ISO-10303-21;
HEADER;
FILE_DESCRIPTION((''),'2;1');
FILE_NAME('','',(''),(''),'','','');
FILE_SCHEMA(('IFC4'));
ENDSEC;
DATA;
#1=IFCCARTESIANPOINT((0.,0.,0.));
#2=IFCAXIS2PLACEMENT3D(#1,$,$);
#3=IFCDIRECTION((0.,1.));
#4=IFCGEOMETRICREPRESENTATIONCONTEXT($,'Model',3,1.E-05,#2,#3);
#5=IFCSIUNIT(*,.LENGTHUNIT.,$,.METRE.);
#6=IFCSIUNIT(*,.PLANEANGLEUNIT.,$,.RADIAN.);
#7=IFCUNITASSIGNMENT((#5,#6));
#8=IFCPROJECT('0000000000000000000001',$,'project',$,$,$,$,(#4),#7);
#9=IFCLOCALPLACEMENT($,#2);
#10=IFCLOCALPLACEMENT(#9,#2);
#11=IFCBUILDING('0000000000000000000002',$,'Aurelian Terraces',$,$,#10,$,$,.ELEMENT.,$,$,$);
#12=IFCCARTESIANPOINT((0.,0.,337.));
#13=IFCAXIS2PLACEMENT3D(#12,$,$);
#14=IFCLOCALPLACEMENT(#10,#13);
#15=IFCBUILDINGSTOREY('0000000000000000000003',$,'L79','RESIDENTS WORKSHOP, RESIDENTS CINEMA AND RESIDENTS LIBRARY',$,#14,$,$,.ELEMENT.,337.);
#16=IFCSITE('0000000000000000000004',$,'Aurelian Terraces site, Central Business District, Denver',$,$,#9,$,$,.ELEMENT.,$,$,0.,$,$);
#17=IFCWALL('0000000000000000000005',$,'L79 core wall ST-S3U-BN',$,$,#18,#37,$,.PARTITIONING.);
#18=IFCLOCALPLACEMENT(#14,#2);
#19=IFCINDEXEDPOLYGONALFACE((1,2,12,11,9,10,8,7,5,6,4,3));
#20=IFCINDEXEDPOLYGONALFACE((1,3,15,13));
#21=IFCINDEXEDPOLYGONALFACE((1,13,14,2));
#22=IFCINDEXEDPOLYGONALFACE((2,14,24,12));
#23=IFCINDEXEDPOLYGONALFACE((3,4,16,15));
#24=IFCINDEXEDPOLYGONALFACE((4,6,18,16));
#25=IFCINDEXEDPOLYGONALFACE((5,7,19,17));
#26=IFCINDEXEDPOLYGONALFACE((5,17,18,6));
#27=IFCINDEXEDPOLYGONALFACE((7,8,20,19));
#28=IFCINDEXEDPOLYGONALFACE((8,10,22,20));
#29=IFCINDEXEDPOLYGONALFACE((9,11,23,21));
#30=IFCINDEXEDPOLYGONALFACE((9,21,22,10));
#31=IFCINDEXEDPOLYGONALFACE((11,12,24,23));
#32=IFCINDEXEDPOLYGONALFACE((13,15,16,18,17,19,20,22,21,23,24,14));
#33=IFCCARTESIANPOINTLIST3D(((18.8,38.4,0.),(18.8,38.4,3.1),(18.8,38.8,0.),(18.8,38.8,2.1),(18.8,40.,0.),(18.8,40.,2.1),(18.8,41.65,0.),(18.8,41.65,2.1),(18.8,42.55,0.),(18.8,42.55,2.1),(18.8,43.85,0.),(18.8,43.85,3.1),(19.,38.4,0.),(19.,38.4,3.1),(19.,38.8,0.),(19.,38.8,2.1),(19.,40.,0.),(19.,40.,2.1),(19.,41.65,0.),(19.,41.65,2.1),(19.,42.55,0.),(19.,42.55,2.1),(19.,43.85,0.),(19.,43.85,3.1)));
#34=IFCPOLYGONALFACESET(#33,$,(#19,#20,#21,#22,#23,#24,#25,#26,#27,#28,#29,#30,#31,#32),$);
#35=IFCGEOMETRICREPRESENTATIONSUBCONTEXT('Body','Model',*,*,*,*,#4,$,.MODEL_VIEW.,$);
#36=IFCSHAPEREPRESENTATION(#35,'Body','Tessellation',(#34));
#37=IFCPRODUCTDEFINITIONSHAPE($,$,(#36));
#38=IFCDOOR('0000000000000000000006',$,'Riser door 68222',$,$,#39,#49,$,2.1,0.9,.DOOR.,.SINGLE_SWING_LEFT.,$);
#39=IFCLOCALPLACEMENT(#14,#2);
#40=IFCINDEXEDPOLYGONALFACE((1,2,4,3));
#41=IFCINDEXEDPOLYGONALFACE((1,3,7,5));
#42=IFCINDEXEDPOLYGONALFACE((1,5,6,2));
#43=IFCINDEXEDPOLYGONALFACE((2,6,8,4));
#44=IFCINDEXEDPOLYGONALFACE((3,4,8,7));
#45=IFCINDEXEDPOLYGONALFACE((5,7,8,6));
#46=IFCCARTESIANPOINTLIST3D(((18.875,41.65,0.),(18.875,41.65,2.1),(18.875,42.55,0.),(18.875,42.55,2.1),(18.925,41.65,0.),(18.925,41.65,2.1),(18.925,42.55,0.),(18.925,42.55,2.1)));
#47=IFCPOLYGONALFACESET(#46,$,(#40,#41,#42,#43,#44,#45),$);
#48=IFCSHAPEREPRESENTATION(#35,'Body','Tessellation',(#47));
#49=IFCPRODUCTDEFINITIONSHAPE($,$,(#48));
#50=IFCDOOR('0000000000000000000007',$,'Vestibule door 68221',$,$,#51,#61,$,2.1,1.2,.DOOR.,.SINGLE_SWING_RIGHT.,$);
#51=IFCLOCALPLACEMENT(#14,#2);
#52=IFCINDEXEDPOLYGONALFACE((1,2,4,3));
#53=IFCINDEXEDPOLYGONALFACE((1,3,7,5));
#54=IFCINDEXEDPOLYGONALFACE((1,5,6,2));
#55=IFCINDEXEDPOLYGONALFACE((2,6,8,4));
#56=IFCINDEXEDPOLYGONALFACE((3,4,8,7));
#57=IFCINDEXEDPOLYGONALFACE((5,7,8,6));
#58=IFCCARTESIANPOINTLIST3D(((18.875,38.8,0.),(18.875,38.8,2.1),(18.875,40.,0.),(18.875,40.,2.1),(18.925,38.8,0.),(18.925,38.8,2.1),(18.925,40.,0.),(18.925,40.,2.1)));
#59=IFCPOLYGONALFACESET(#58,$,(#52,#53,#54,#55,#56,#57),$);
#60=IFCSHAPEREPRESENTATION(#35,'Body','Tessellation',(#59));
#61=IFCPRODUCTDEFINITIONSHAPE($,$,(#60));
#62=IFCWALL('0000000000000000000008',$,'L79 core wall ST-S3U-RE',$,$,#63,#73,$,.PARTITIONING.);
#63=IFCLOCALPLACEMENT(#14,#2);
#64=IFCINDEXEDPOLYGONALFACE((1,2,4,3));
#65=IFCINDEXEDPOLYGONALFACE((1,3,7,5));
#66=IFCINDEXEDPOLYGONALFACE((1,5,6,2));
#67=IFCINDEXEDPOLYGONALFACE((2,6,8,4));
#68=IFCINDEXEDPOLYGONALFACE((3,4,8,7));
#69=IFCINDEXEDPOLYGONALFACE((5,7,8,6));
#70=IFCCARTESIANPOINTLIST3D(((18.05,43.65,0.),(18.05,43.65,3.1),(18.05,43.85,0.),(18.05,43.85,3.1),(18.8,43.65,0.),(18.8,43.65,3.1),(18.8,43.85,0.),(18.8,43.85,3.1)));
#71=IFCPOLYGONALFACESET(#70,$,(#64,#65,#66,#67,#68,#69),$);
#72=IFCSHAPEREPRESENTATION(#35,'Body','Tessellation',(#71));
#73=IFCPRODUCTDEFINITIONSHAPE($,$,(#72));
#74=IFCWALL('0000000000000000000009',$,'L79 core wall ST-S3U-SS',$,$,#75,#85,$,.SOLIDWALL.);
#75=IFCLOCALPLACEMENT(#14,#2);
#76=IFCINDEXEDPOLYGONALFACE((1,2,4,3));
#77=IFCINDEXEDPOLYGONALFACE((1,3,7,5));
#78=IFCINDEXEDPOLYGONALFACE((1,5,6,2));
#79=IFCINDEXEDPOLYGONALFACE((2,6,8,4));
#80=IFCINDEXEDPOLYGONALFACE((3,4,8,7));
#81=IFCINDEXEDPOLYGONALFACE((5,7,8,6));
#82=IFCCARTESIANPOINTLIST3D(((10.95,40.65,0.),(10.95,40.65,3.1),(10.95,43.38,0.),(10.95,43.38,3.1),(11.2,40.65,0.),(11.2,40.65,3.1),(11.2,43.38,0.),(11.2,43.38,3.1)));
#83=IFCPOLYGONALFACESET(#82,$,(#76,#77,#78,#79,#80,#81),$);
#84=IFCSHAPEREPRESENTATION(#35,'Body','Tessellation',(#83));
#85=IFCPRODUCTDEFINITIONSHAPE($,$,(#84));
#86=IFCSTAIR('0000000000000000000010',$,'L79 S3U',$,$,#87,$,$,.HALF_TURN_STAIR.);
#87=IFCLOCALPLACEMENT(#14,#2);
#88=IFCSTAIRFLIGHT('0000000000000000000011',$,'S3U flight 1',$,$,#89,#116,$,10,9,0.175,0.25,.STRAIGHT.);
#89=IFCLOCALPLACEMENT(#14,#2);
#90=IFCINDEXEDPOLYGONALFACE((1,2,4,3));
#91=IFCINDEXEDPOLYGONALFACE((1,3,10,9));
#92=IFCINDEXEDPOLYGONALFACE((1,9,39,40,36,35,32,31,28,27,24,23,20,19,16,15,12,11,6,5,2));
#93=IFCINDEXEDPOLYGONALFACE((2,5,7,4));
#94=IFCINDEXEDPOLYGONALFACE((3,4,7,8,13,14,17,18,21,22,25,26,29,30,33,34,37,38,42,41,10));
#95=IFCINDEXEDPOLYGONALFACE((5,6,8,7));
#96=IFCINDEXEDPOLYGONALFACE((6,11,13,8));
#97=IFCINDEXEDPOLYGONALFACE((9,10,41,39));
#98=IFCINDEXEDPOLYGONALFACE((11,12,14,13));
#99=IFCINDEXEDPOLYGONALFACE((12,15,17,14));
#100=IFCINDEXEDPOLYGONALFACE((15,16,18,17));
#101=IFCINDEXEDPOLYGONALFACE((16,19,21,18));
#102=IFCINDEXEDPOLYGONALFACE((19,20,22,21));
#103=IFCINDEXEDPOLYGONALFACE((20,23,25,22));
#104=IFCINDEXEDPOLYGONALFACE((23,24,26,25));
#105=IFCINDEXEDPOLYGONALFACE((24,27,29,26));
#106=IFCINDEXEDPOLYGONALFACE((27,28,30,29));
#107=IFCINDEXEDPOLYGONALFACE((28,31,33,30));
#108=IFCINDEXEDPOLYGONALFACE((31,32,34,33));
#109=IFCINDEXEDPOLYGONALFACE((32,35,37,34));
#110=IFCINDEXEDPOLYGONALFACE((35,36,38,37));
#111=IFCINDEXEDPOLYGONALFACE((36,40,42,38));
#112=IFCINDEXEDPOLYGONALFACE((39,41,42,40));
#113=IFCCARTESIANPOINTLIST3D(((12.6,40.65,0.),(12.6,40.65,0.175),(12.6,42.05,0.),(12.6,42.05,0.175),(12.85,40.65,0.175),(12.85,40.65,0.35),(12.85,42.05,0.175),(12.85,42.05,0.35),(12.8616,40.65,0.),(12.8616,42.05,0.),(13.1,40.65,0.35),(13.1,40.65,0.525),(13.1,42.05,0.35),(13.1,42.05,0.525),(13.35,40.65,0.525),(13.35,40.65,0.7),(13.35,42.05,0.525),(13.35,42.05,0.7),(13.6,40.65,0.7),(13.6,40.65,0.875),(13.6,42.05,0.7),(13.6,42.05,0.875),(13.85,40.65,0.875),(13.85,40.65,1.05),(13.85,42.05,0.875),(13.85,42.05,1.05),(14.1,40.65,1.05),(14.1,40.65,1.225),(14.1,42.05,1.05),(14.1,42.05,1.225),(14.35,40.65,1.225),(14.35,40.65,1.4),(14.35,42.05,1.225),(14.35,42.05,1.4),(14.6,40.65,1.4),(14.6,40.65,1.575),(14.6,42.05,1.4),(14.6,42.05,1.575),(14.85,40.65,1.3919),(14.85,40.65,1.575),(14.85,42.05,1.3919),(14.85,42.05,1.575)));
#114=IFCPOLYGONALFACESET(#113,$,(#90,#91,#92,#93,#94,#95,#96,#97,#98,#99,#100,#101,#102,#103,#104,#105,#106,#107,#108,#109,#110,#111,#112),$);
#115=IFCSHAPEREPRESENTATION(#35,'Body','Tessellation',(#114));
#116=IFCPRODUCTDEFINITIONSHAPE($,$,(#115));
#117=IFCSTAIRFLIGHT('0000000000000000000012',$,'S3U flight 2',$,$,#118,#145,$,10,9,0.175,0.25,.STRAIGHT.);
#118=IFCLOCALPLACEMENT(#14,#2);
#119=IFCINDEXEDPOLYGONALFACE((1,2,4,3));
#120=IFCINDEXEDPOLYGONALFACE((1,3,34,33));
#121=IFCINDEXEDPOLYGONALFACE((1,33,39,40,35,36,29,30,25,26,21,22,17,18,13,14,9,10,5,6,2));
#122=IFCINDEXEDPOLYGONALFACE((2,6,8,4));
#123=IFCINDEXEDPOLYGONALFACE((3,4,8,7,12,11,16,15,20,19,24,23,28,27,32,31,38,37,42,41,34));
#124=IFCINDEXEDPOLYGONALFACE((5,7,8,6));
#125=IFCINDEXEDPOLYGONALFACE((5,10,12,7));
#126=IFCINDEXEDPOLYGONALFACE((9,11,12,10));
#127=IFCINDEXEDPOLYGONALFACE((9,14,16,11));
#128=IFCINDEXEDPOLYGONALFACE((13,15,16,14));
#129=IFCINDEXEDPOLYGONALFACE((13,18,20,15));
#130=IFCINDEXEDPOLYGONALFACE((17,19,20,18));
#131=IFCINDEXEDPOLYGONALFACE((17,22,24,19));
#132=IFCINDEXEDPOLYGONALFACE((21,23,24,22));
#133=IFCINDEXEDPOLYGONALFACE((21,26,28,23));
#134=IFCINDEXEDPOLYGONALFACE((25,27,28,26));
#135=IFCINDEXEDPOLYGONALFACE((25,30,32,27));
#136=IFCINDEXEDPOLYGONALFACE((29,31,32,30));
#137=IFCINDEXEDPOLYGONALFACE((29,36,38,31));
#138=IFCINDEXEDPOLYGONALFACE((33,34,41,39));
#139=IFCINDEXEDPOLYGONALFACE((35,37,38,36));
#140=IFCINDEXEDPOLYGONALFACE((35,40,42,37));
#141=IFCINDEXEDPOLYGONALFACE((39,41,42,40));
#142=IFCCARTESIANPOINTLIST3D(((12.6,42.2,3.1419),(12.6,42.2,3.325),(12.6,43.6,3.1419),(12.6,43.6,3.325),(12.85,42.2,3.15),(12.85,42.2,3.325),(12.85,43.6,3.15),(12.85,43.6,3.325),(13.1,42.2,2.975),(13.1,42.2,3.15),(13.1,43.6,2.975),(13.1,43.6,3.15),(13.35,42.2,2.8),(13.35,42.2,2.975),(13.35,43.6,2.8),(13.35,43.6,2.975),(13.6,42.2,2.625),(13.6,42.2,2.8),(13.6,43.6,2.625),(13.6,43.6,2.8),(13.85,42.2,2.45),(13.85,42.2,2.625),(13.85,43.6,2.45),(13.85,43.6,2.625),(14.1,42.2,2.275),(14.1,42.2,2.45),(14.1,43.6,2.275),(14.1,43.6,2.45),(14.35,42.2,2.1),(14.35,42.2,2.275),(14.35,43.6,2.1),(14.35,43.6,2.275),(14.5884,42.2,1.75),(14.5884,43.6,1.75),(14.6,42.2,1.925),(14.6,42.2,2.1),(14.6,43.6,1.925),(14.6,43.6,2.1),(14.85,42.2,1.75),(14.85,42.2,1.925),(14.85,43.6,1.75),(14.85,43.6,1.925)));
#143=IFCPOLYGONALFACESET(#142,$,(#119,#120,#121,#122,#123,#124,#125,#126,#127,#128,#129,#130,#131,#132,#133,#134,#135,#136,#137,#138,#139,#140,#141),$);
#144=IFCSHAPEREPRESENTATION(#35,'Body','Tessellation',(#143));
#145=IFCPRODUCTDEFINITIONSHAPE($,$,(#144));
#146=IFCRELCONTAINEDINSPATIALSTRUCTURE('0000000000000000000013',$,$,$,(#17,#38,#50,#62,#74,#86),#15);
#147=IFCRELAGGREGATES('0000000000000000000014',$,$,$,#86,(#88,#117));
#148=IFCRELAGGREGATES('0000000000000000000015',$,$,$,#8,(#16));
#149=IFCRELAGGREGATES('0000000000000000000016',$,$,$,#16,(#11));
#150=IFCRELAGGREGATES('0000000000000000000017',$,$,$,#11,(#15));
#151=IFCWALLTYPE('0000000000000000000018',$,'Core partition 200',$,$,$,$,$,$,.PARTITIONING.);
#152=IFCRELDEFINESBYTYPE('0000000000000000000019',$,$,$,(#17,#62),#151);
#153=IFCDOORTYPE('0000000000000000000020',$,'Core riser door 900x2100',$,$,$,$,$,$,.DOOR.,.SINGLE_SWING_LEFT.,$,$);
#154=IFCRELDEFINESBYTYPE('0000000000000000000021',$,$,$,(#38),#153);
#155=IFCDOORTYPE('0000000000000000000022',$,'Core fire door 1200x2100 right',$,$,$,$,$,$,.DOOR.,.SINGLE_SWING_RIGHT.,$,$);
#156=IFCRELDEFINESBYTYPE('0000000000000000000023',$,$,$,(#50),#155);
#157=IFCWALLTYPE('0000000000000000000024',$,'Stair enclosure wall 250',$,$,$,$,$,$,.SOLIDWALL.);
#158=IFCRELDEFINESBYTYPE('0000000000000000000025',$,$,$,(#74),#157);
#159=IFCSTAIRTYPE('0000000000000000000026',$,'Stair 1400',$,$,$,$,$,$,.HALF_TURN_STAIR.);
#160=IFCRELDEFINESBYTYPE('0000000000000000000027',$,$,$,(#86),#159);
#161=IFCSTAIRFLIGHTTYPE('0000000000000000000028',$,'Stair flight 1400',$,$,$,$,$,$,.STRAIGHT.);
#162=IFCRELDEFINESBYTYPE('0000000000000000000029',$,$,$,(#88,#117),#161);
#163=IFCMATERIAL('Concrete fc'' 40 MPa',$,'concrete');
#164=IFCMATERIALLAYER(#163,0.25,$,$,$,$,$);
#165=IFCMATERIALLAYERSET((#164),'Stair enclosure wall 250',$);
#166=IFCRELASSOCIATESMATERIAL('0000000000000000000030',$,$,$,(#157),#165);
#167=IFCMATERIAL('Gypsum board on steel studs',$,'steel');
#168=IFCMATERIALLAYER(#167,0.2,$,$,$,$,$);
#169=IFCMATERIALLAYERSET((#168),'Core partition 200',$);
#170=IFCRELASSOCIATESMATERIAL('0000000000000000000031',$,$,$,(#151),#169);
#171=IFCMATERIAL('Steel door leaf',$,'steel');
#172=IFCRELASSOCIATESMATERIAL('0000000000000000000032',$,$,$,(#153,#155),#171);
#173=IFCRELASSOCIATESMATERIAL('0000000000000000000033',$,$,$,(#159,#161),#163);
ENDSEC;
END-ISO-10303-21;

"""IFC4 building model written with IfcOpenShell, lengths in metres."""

from ifc_helpers import new_model, si_unit, direction, frame, frame_2d, origin, place, context, subcontext, project, spatial, polyline, rectangle, outline, extrude, source, transform, mapped, material, layer, layer_set, type_object, element, fill, aggregate, save


model = new_model("IFC4")

# Units and contexts
model_context = context("Model", 3, precision=1e-05, world=origin(), true_north=direction((0.0, 1.0)))
body_context = subcontext(model_context, "Body", "Model", "MODEL_VIEW")
ifc_project = project(units=[si_unit("LENGTHUNIT", "METRE"), si_unit("PLANEANGLEUNIT", "RADIAN")], contexts=[model_context])

# Site, building, storey
site_placement = place(None, origin())
site = spatial("IfcSite", under=ifc_project, at=site_placement, Name="Aurelian Terraces site, Central Business District, Denver", CompositionType="ELEMENT", RefElevation=0.0)
building_placement = place(site_placement, origin())
building = spatial("IfcBuilding", under=site, at=building_placement, Name="Aurelian Terraces", CompositionType="ELEMENT")
storey_placement = place(building_placement, frame((0.0, 0.0, 337.0)))
storey = spatial("IfcBuildingStorey", under=building, at=storey_placement, Name="L79", Description="RESIDENTS WORKSHOP, RESIDENTS CINEMA AND RESIDENTS LIBRARY", CompositionType="ELEMENT", Elevation=337.0)

# Shared definitions
ifc_material_1 = material(Name="Concrete fc' 40 MPa", Category="concrete")

# Shared definitions
ifc_layer_1 = layer(ifc_material_1, 0.25)
ifc_layer_set_1 = layer_set([ifc_layer_1], Name="Stair enclosure wall 250")
wall_type_1 = type_object("IfcWallType", Name="Stair enclosure wall 250", PredefinedType="SOLIDWALL", material=ifc_layer_set_1)
ifc_material_2 = material(Name="Steel door leaf", Category="steel")

# Shared definitions
ifc_material_3 = material(Name="Gypsum board on steel studs", Category="steel")
ifc_layer_2 = layer(ifc_material_3, 0.2)
ifc_layer_set_2 = layer_set([ifc_layer_2], Name="Core partition 200")
wall_type_2 = type_object("IfcWallType", Name="Core partition 200", PredefinedType="PARTITIONING", material=ifc_layer_set_2)

# Wall, openings, doors
shared_shape_1 = source(origin(), body_context, "Body", "SweptSolid", [
    extrude(rectangle(XDim=5.45, YDim=0.2, at=frame_2d((2.725, 0.0))), origin(), (0.0, 0.0, 1.0), 3.1),
])
wall_1_placement = place(storey_placement, frame((18.9, 38.4, 0.0), z_axis=(0.0, 0.0, 1.0), x_axis=(0.0, 1.0, 0.0)))
wall_1 = element("IfcWall", 1, at=wall_1_placement, inside=storey, type_object=wall_type_2, Name="L79 core wall ST-S3U-BN", PredefinedType="PARTITIONING", context=body_context, shape_type="MappedRepresentation", body=[
    mapped(shared_shape_1, transform((0.0, 0.0, 0.0), scale=1.0)),
])
shared_shape_2 = source(origin(), body_context, "Body", "SweptSolid", [
    extrude(rectangle(XDim=1.2, YDim=2.1, at=frame_2d((0.6, 1.05))), frame((0.0, 0.11, 0.0), z_axis=(0.0, -1.0, 0.0), x_axis=(1.0, 0.0, 0.0)), (0.0, 0.0, 1.0), 0.22),
])
opening_1_placement = place(wall_1_placement, frame((0.4, 0.0, 0.0)))
opening_1 = element("IfcOpeningElement", 2, at=opening_1_placement, cuts=wall_1, PredefinedType="OPENING", context=body_context, shape_type="MappedRepresentation", body=[
    mapped(shared_shape_2, transform((0.0, 0.0, 0.0), scale=1.0)),
])
shared_shape_3 = source(origin(), body_context, "Body", "SweptSolid", [
    extrude(rectangle(XDim=0.9, YDim=2.1, at=frame_2d((0.45, 1.05))), frame((0.0, 0.11, 0.0), z_axis=(0.0, -1.0, 0.0), x_axis=(1.0, 0.0, 0.0)), (0.0, 0.0, 1.0), 0.22),
])
opening_2_placement = place(wall_1_placement, frame((3.25, 0.0, 0.0)))
opening_2 = element("IfcOpeningElement", 3, at=opening_2_placement, cuts=wall_1, PredefinedType="OPENING", context=body_context, shape_type="MappedRepresentation", body=[
    mapped(shared_shape_3, transform((0.0, 0.0, 0.0), scale=1.0)),
])
door_type_1 = type_object("IfcDoorType", Name="Core riser door 900x2100", OperationType="SINGLE_SWING_LEFT", PredefinedType="DOOR", material=ifc_material_2)
shared_shape_4 = source(origin(), body_context, "Body", "SweptSolid", [
    extrude(rectangle(XDim=0.9, YDim=2.1, at=frame_2d((0.45, 1.05))), frame((0.0, 0.025, 0.0), z_axis=(0.0, -1.0, 0.0), x_axis=(1.0, 0.0, 0.0)), (0.0, 0.0, 1.0), 0.05),
])
door_1_placement = place(opening_2_placement, origin())
door_1 = element("IfcDoor", 4, at=door_1_placement, inside=storey, type_object=door_type_1, Name="Riser door 68222", OperationType="SINGLE_SWING_LEFT", OverallHeight=2.1, OverallWidth=0.9, PredefinedType="DOOR", context=body_context, shape_type="MappedRepresentation", body=[
    mapped(shared_shape_4, transform((0.0, 0.0, 0.0), scale=1.0)),
])
fill(opening_2, door_1)
door_type_2 = type_object("IfcDoorType", Name="Core fire door 1200x2100 right", OperationType="SINGLE_SWING_RIGHT", PredefinedType="DOOR", material=ifc_material_2)
shared_shape_5 = source(origin(), body_context, "Body", "SweptSolid", [
    extrude(rectangle(XDim=1.2, YDim=2.1, at=frame_2d((0.6, 1.05))), frame((0.0, 0.025, 0.0), z_axis=(0.0, -1.0, 0.0), x_axis=(1.0, 0.0, 0.0)), (0.0, 0.0, 1.0), 0.05),
])
door_2_placement = place(opening_1_placement, origin())
door_2 = element("IfcDoor", 5, at=door_2_placement, inside=storey, type_object=door_type_2, Name="Vestibule door 68221", OperationType="SINGLE_SWING_RIGHT", OverallHeight=2.1, OverallWidth=1.2, PredefinedType="DOOR", context=body_context, shape_type="MappedRepresentation", body=[
    mapped(shared_shape_5, transform((0.0, 0.0, 0.0), scale=1.0)),
])
fill(opening_1, door_2)

# Walls
shared_shape_6 = source(origin(), body_context, "Body", "SweptSolid", [
    extrude(rectangle(XDim=0.75, YDim=0.2, at=frame_2d((0.375, 0.0))), origin(), (0.0, 0.0, 1.0), 3.1),
])
wall_2_placement = place(storey_placement, frame((18.05, 43.75, 0.0), z_axis=(0.0, 0.0, 1.0), x_axis=(1.0, 0.0, 0.0)))
element("IfcWall", 6, at=wall_2_placement, inside=storey, type_object=wall_type_2, Name="L79 core wall ST-S3U-RE", PredefinedType="PARTITIONING", context=body_context, shape_type="MappedRepresentation", body=[
    mapped(shared_shape_6, transform((0.0, 0.0, 0.0), scale=1.0)),
])
shared_shape_7 = source(origin(), body_context, "Body", "SweptSolid", [
    extrude(rectangle(XDim=2.73, YDim=0.25, at=frame_2d((1.365, 0.0))), origin(), (0.0, 0.0, 1.0), 3.1),
])
wall_3_placement = place(storey_placement, frame((11.075, 40.65, 0.0), z_axis=(0.0, 0.0, 1.0), x_axis=(0.0, 1.0, 0.0)))
element("IfcWall", 7, at=wall_3_placement, inside=storey, type_object=wall_type_1, Name="L79 core wall ST-S3U-SS", PredefinedType="SOLIDWALL", context=body_context, shape_type="MappedRepresentation", body=[
    mapped(shared_shape_7, transform((0.0, 0.0, 0.0), scale=1.0)),
])

# Stair, stair flights
stair_type = type_object("IfcStairType", Name="Stair 1400", PredefinedType="HALF_TURN_STAIR", material=ifc_material_1)
stair_placement = place(storey_placement, origin())
stair = element("IfcStair", 8, at=stair_placement, inside=storey, type_object=stair_type, Name="L79 S3U", PredefinedType="HALF_TURN_STAIR")
stair_flight_type = type_object("IfcStairFlightType", Name="Stair flight 1400", PredefinedType="STRAIGHT", material=ifc_material_1)
shared_shape_8 = source(origin(), body_context, "Body", "SweptSolid", [
    extrude(outline(polyline([(0.0, 0.0), (0.0, 0.175), (0.25, 0.175), (0.25, 0.35), (0.5, 0.35), (0.5, 0.525), (0.75, 0.525), (0.75, 0.7), (1.0, 0.7), (1.0, 0.875), (1.25, 0.875), (1.25, 1.05), (1.5, 1.05), (1.5, 1.225), (1.75, 1.225), (1.75, 1.4), (2.0, 1.4), (2.0, 1.575), (2.25, 1.575), (2.25, 1.75), (2.25, 1.3919), (0.2616, 0.0), (0.0, 0.0)])), frame((0.0, 0.7, 0.0), z_axis=(0.0, -1.0, 0.0), x_axis=(1.0, 0.0, 0.0)), (0.0, 0.0, 1.0), 1.4),
])
stair_flight_1_placement = place(storey_placement, frame((12.6, 41.35, 0.0), z_axis=(0.0, 0.0, 1.0), x_axis=(1.0, 0.0, 0.0)))
stair_flight_1 = element("IfcStairFlight", 9, at=stair_flight_1_placement, type_object=stair_flight_type, Name="S3U flight 1", NumberOfRisers=10, NumberOfTreads=9, PredefinedType="STRAIGHT", RiserHeight=0.175, TreadLength=0.25, context=body_context, shape_type="MappedRepresentation", body=[
    mapped(shared_shape_8, transform((0.0, 0.0, 0.0), scale=1.0)),
])
stair_flight_2_placement = place(storey_placement, frame((14.85, 42.9, 1.75), z_axis=(0.0, 0.0, 1.0), x_axis=(-1.0, 0.0, 0.0)))
stair_flight_2 = element("IfcStairFlight", 10, at=stair_flight_2_placement, type_object=stair_flight_type, Name="S3U flight 2", NumberOfRisers=10, NumberOfTreads=9, PredefinedType="STRAIGHT", RiserHeight=0.175, TreadLength=0.25, context=body_context, shape_type="MappedRepresentation", body=[
    mapped(shared_shape_8, transform((0.0, 0.0, 0.0), scale=1.0)),
])
aggregate(stair, [stair_flight_1, stair_flight_2])

save(model, "model.ifc")
